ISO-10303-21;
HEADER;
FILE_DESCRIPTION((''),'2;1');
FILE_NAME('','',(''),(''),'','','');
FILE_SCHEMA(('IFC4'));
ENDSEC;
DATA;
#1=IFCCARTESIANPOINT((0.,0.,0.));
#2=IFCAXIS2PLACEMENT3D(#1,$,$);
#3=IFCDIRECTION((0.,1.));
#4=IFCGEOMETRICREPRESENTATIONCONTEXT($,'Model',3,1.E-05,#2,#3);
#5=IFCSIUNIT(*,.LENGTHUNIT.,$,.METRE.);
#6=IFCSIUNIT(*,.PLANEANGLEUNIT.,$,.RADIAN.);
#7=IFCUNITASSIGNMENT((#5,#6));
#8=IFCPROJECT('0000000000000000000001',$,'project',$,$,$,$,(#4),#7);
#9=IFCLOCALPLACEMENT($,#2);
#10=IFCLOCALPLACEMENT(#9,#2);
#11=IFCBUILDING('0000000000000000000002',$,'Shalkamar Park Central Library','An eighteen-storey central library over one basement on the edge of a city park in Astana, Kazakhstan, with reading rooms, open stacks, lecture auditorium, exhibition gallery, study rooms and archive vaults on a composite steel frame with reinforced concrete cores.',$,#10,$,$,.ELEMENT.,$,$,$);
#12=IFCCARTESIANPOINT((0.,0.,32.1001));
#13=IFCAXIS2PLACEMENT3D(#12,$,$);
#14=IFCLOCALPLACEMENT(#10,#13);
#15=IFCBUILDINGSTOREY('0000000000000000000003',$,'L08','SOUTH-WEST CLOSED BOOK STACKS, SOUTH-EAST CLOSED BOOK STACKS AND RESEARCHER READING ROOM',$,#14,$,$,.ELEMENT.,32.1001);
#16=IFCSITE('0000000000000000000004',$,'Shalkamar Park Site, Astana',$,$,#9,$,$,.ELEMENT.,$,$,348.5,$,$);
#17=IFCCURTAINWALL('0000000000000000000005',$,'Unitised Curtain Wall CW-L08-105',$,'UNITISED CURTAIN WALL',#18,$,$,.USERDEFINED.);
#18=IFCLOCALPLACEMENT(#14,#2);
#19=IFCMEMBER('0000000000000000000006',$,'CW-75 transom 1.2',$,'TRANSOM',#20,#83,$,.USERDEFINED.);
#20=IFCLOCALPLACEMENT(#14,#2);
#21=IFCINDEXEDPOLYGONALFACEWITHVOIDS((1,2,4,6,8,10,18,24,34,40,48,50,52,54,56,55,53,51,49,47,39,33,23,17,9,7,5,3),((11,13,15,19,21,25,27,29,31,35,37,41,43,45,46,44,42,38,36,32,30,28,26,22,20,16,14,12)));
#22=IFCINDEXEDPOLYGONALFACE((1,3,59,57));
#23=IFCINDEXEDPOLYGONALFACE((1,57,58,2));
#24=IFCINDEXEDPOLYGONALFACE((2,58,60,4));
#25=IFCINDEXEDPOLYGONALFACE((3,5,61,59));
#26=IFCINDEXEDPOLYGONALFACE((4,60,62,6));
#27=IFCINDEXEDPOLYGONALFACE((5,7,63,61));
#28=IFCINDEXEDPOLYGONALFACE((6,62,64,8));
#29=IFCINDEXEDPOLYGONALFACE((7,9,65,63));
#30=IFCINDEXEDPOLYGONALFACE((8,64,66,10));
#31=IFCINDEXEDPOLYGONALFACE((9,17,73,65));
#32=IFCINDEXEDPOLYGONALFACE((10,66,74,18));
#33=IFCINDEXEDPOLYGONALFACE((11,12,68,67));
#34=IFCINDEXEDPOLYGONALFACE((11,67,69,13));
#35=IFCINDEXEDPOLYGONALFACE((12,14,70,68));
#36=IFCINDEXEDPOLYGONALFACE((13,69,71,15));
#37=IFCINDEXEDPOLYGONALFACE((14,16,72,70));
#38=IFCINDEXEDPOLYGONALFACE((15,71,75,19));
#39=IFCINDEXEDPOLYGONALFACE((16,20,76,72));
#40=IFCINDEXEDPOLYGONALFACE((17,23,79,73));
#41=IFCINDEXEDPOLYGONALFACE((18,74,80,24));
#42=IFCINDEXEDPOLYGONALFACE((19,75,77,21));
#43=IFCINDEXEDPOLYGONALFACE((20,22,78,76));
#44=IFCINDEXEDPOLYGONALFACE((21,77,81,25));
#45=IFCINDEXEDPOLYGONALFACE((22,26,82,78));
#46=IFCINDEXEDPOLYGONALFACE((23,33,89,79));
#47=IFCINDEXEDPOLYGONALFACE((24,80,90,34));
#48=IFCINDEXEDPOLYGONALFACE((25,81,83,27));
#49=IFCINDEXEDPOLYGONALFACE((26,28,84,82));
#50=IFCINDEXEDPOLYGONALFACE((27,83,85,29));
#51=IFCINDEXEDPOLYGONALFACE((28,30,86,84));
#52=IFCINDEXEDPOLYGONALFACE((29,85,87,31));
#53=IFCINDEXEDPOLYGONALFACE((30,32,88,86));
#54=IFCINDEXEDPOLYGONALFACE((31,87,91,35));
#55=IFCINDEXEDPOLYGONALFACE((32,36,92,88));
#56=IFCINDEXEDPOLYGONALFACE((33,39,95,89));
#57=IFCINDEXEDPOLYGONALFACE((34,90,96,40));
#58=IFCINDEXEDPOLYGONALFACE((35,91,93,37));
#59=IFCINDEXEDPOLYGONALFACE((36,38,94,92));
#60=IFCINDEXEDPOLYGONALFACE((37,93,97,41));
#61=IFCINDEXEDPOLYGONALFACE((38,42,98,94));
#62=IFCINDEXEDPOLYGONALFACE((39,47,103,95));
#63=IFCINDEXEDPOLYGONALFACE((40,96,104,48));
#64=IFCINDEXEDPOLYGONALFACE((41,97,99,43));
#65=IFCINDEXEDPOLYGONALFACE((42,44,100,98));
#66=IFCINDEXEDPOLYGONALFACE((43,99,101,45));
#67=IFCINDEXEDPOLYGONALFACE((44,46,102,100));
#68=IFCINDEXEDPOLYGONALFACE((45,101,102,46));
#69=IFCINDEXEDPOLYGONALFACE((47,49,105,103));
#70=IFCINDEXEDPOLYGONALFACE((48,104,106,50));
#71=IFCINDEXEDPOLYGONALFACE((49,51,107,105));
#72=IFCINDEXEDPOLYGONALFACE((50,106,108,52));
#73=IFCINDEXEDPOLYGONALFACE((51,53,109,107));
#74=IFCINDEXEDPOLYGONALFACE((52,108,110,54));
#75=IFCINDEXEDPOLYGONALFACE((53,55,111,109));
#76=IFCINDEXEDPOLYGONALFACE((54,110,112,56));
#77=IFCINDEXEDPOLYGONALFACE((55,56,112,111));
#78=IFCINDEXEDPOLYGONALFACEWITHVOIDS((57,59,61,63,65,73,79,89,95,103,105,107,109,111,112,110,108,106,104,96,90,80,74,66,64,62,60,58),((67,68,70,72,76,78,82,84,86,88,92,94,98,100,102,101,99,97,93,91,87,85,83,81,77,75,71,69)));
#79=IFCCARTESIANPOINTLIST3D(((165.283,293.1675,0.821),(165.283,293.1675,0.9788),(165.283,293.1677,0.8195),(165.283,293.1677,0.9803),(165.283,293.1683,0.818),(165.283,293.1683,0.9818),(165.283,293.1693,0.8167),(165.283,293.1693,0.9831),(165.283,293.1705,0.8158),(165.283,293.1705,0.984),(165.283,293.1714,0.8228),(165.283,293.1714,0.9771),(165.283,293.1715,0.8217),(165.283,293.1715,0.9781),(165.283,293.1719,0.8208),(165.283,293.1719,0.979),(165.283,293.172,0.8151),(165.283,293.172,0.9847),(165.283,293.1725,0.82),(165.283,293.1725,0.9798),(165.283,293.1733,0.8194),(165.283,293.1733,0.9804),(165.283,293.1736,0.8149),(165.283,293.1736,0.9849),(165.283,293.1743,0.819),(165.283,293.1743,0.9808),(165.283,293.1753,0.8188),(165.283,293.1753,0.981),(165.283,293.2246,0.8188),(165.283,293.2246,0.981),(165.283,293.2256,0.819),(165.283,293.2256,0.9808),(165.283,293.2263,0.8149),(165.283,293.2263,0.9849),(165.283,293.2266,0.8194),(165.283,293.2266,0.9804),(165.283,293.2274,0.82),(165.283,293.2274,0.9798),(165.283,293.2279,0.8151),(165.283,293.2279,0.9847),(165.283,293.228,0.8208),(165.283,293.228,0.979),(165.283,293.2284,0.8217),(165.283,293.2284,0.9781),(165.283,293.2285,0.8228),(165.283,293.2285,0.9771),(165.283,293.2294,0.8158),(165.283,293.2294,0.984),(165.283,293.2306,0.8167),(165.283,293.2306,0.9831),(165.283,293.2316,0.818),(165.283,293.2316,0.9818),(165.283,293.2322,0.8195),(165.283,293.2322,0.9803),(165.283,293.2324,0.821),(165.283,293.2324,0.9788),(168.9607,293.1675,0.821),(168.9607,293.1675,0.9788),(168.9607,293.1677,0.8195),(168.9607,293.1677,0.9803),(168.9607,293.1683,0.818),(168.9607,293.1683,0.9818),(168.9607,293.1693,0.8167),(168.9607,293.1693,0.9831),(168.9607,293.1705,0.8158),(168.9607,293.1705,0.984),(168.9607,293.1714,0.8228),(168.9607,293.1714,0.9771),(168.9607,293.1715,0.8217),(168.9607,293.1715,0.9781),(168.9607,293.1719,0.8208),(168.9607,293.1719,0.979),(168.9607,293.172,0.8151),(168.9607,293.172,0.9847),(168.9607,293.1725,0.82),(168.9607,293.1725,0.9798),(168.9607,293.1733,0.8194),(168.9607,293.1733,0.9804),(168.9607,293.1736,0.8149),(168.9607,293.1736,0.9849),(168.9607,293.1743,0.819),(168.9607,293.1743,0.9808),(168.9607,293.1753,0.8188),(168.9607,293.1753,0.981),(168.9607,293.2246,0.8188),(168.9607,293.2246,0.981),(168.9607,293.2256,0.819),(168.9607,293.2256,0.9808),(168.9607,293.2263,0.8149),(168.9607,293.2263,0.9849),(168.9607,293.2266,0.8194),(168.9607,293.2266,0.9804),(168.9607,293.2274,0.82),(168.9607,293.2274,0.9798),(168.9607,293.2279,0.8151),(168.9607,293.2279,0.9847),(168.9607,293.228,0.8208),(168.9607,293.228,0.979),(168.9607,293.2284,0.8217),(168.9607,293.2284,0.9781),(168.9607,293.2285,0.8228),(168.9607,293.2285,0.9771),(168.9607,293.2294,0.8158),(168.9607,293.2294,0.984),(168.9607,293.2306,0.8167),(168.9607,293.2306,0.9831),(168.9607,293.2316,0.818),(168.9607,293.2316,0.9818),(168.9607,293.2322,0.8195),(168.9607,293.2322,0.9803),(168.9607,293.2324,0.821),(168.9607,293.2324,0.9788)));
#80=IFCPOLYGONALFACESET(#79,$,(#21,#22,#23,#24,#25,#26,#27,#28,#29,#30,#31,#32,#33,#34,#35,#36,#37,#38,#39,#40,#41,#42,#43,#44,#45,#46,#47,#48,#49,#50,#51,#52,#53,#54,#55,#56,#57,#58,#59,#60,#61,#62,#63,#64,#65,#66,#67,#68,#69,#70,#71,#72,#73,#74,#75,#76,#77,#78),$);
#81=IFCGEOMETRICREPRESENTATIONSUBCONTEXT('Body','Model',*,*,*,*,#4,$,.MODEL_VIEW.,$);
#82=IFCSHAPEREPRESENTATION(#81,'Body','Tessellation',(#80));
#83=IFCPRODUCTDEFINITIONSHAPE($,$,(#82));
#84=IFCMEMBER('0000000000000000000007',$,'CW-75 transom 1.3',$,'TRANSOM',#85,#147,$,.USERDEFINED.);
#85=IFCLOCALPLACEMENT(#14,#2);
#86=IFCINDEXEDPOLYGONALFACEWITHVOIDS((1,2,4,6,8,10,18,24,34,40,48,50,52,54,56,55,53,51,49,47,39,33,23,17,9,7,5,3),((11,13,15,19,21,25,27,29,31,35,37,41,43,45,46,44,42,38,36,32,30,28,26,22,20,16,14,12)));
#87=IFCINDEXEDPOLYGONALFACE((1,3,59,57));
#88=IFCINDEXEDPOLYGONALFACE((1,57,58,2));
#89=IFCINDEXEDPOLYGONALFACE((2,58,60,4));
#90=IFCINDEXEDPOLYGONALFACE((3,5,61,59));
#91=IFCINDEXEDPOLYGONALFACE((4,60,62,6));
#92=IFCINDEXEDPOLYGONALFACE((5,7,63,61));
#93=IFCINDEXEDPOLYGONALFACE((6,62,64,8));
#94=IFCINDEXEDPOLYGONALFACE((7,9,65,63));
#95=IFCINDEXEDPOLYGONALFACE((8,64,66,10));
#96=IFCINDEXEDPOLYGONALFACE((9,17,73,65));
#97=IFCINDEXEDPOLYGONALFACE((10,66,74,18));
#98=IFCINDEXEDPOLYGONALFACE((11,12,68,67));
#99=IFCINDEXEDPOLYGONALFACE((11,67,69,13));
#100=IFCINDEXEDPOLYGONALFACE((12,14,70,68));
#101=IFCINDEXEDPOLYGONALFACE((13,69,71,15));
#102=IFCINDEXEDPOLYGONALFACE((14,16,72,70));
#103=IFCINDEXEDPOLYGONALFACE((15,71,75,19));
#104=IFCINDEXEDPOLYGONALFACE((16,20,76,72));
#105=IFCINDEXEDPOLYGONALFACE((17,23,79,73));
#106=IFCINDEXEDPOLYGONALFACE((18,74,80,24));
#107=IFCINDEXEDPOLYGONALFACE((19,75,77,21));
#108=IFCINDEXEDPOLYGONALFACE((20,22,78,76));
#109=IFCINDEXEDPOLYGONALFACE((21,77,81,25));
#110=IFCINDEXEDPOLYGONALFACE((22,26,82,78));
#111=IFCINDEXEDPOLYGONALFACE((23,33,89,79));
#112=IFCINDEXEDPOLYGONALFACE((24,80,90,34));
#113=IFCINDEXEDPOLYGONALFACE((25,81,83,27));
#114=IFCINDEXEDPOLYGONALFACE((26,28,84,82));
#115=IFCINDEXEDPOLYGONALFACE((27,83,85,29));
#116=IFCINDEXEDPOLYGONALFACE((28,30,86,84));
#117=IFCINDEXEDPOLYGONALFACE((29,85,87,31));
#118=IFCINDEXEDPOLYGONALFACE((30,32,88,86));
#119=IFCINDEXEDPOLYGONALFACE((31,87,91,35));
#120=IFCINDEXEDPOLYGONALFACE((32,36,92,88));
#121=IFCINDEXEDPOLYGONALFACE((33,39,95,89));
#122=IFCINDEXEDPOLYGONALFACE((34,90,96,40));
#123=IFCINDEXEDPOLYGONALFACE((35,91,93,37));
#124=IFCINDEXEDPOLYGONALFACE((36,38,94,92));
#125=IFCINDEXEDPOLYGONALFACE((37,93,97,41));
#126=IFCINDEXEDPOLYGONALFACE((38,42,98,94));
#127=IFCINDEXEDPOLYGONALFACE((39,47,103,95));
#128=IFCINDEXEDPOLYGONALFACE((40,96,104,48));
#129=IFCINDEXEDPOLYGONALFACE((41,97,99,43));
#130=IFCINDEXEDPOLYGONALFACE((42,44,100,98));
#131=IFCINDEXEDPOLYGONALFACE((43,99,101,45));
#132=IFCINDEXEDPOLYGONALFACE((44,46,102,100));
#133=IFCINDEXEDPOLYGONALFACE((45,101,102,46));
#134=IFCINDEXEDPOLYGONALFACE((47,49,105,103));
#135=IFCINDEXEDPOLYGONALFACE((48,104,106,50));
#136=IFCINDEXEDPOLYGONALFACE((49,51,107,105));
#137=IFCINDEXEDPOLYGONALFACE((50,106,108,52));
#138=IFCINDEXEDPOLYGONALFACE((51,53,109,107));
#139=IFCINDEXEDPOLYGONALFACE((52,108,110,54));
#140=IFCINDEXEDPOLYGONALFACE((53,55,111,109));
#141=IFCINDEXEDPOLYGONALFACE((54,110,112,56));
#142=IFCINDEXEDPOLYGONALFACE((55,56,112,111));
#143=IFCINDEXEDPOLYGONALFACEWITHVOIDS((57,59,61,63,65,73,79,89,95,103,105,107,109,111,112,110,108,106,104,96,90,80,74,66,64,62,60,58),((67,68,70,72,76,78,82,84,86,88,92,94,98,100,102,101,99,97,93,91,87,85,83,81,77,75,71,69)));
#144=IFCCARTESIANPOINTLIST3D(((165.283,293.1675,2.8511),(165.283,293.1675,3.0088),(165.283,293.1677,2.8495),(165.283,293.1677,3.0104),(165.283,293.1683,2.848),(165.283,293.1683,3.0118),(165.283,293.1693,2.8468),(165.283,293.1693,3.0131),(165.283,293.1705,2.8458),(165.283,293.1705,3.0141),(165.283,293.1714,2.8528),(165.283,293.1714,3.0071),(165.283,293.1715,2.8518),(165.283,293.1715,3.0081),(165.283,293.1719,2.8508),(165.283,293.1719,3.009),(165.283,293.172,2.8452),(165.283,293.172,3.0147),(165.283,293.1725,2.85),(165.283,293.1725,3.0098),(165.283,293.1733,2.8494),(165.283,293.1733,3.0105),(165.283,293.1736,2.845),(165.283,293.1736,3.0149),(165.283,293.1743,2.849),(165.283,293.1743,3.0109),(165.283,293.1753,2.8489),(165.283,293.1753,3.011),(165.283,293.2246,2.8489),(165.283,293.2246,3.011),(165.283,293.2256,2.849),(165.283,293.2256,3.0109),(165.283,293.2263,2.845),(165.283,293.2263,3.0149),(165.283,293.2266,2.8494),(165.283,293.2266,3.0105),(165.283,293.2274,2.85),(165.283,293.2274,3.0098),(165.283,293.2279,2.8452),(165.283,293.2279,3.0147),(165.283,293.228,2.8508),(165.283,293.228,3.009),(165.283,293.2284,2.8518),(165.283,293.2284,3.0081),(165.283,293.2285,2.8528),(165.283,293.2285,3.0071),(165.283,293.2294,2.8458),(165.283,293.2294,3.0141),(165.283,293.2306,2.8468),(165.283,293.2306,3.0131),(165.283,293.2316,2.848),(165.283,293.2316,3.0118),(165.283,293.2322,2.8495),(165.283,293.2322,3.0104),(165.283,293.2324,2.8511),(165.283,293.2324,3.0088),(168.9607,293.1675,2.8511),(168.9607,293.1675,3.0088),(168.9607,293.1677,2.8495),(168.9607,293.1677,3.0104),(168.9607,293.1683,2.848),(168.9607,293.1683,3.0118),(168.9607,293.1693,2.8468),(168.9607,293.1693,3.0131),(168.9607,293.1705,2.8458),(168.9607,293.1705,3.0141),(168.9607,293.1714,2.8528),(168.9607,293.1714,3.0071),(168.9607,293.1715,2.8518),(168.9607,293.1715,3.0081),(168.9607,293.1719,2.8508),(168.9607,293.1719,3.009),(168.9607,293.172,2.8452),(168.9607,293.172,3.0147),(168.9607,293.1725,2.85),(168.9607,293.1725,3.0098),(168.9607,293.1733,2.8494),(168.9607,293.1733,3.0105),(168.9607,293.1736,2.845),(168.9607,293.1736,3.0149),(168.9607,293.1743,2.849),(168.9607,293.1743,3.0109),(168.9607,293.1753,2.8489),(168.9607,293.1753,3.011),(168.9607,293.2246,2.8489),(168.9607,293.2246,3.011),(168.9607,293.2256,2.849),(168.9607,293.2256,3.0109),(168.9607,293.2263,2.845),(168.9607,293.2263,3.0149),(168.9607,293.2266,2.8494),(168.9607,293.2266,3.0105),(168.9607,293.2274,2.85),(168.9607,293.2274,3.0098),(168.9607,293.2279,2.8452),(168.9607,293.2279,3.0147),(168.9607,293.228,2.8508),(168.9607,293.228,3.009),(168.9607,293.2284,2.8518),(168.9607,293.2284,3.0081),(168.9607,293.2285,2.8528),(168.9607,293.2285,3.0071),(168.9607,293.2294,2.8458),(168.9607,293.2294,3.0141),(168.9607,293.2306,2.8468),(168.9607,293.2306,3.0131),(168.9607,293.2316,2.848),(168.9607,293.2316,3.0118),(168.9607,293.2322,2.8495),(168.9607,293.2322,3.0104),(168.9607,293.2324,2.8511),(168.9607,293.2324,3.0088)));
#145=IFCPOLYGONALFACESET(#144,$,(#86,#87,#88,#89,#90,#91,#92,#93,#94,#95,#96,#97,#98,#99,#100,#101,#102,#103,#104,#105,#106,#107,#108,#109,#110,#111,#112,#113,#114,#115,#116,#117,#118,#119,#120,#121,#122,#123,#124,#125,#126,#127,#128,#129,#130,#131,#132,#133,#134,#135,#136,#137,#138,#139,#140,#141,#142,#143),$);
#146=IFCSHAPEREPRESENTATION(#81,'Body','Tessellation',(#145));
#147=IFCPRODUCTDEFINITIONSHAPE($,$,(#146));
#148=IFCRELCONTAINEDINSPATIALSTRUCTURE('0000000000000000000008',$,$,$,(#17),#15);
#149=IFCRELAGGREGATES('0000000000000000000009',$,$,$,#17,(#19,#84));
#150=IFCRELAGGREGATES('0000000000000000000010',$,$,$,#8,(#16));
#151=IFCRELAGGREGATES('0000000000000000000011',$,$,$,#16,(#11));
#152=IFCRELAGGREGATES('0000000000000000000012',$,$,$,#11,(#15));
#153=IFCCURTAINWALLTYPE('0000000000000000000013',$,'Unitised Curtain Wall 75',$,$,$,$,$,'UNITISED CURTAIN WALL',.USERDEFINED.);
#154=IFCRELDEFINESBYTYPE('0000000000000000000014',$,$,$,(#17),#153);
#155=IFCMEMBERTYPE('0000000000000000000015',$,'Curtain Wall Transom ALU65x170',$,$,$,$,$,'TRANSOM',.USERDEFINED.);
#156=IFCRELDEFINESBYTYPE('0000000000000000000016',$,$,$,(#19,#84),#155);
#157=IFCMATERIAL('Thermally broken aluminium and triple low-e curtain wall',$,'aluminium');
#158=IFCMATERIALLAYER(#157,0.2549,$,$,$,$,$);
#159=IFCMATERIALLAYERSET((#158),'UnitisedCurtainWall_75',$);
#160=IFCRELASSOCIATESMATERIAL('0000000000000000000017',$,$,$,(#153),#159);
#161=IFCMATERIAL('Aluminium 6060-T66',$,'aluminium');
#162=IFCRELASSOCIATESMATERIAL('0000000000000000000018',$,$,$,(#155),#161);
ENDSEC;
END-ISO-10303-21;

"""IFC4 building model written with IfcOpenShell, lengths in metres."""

from ifc_helpers import new_model, si_unit, direction, frame, origin, origin_2d, place, context, subcontext, project, spatial, hollow_rectangle, extrude, material, layer, layer_set, material_profile, profile_set, type_object, element, aggregate, save


model = new_model("IFC4")

# Units and contexts
model_context = context("Model", 3, precision=1e-05, world=origin(), true_north=direction((0.0, 1.0)))
body_context = subcontext(model_context, "Body", "Model", "MODEL_VIEW")
ifc_project = project(units=[si_unit("LENGTHUNIT", "METRE"), si_unit("PLANEANGLEUNIT", "RADIAN")], contexts=[model_context])

# Site, building, storey
site_placement = place(None, origin())
site = spatial("IfcSite", under=ifc_project, at=site_placement, Name="Shalkamar Park Site, Astana", CompositionType="ELEMENT", RefElevation=348.5)
building_placement = place(site_placement, origin())
building = spatial("IfcBuilding", under=site, at=building_placement, Name="Shalkamar Park Central Library", Description="An eighteen-storey central library over one basement on the edge of a city park in Astana, Kazakhstan, with reading rooms, open stacks, lecture auditorium, exhibition gallery, study rooms and archive vaults on a composite steel frame with reinforced concrete cores.", CompositionType="ELEMENT")
storey_placement = place(building_placement, frame((0.0, 0.0, 32.1001)))
storey = spatial("IfcBuildingStorey", under=building, at=storey_placement, Name="L08", Description="SOUTH-WEST CLOSED BOOK STACKS, SOUTH-EAST CLOSED BOOK STACKS AND RESEARCHER READING ROOM", CompositionType="ELEMENT", Elevation=32.1001)

# Curtain wall
ifc_material_1 = material(Name="Thermally broken aluminium and triple low-e curtain wall", Category="aluminium")
ifc_layer_1 = layer(ifc_material_1, 0.2549)
ifc_layer_set_1 = layer_set([ifc_layer_1], Name="UnitisedCurtainWall_75")
curtain_wall_type_1 = type_object("IfcCurtainWallType", Name="Unitised Curtain Wall 75", ElementType="UNITISED CURTAIN WALL", PredefinedType="USERDEFINED", material=ifc_layer_set_1)
curtain_wall_1_placement = place(storey_placement, origin())
curtain_wall_1 = element("IfcCurtainWall", 1, at=curtain_wall_1_placement, inside=storey, type_object=curtain_wall_type_1, Name="Unitised Curtain Wall CW-L08-105", ObjectType="UNITISED CURTAIN WALL", PredefinedType="USERDEFINED")
ifc_material_2 = material(Name="Aluminium 6060-T66", Category="aluminium")

# Members
ifc_material_profile_1 = material_profile(ifc_material_2, hollow_rectangle(XDim=0.0649, YDim=0.1699, WallThickness=0.0039, InnerFilletRadius=0.0039, OuterFilletRadius=0.0061, at=origin_2d()), Name="ALU 65x170x4")
ifc_profile_set_1 = profile_set([ifc_material_profile_1], Name="Aluminium 6060-T66")
member_type_1 = type_object("IfcMemberType", Name="Curtain Wall Transom ALU65x170", ElementType="TRANSOM", PredefinedType="USERDEFINED", material=ifc_profile_set_1)
member_1_placement = place(storey_placement, frame((165.283, 293.2, 0.8999), z_axis=(1.0, 0.0, 0.0), x_axis=(0.0, 1.0, 0.0)))
member_1 = element("IfcMember", 2, at=member_1_placement, type_object=member_type_1, Name="CW-75 transom 1.2", ObjectType="TRANSOM", PredefinedType="USERDEFINED", context=body_context, shape_type="SweptSolid", body=[
    extrude(hollow_rectangle(XDim=0.0649, YDim=0.1699, WallThickness=0.0039, InnerFilletRadius=0.0039, OuterFilletRadius=0.0061, at=origin_2d()), origin(), (0.0, 0.0, 1.0), 3.6777),
])
member_2_placement = place(storey_placement, frame((165.283, 293.2, 2.9299), z_axis=(1.0, 0.0, 0.0), x_axis=(0.0, 1.0, 0.0)))
member_2 = element("IfcMember", 3, at=member_2_placement, type_object=member_type_1, Name="CW-75 transom 1.3", ObjectType="TRANSOM", PredefinedType="USERDEFINED", context=body_context, shape_type="SweptSolid", body=[
    extrude(hollow_rectangle(XDim=0.0649, YDim=0.1699, WallThickness=0.0039, InnerFilletRadius=0.0039, OuterFilletRadius=0.0061, at=origin_2d()), origin(), (0.0, 0.0, 1.0), 3.6777),
])

aggregate(curtain_wall_1, [member_1, member_2])

save(model, "model.ifc")
